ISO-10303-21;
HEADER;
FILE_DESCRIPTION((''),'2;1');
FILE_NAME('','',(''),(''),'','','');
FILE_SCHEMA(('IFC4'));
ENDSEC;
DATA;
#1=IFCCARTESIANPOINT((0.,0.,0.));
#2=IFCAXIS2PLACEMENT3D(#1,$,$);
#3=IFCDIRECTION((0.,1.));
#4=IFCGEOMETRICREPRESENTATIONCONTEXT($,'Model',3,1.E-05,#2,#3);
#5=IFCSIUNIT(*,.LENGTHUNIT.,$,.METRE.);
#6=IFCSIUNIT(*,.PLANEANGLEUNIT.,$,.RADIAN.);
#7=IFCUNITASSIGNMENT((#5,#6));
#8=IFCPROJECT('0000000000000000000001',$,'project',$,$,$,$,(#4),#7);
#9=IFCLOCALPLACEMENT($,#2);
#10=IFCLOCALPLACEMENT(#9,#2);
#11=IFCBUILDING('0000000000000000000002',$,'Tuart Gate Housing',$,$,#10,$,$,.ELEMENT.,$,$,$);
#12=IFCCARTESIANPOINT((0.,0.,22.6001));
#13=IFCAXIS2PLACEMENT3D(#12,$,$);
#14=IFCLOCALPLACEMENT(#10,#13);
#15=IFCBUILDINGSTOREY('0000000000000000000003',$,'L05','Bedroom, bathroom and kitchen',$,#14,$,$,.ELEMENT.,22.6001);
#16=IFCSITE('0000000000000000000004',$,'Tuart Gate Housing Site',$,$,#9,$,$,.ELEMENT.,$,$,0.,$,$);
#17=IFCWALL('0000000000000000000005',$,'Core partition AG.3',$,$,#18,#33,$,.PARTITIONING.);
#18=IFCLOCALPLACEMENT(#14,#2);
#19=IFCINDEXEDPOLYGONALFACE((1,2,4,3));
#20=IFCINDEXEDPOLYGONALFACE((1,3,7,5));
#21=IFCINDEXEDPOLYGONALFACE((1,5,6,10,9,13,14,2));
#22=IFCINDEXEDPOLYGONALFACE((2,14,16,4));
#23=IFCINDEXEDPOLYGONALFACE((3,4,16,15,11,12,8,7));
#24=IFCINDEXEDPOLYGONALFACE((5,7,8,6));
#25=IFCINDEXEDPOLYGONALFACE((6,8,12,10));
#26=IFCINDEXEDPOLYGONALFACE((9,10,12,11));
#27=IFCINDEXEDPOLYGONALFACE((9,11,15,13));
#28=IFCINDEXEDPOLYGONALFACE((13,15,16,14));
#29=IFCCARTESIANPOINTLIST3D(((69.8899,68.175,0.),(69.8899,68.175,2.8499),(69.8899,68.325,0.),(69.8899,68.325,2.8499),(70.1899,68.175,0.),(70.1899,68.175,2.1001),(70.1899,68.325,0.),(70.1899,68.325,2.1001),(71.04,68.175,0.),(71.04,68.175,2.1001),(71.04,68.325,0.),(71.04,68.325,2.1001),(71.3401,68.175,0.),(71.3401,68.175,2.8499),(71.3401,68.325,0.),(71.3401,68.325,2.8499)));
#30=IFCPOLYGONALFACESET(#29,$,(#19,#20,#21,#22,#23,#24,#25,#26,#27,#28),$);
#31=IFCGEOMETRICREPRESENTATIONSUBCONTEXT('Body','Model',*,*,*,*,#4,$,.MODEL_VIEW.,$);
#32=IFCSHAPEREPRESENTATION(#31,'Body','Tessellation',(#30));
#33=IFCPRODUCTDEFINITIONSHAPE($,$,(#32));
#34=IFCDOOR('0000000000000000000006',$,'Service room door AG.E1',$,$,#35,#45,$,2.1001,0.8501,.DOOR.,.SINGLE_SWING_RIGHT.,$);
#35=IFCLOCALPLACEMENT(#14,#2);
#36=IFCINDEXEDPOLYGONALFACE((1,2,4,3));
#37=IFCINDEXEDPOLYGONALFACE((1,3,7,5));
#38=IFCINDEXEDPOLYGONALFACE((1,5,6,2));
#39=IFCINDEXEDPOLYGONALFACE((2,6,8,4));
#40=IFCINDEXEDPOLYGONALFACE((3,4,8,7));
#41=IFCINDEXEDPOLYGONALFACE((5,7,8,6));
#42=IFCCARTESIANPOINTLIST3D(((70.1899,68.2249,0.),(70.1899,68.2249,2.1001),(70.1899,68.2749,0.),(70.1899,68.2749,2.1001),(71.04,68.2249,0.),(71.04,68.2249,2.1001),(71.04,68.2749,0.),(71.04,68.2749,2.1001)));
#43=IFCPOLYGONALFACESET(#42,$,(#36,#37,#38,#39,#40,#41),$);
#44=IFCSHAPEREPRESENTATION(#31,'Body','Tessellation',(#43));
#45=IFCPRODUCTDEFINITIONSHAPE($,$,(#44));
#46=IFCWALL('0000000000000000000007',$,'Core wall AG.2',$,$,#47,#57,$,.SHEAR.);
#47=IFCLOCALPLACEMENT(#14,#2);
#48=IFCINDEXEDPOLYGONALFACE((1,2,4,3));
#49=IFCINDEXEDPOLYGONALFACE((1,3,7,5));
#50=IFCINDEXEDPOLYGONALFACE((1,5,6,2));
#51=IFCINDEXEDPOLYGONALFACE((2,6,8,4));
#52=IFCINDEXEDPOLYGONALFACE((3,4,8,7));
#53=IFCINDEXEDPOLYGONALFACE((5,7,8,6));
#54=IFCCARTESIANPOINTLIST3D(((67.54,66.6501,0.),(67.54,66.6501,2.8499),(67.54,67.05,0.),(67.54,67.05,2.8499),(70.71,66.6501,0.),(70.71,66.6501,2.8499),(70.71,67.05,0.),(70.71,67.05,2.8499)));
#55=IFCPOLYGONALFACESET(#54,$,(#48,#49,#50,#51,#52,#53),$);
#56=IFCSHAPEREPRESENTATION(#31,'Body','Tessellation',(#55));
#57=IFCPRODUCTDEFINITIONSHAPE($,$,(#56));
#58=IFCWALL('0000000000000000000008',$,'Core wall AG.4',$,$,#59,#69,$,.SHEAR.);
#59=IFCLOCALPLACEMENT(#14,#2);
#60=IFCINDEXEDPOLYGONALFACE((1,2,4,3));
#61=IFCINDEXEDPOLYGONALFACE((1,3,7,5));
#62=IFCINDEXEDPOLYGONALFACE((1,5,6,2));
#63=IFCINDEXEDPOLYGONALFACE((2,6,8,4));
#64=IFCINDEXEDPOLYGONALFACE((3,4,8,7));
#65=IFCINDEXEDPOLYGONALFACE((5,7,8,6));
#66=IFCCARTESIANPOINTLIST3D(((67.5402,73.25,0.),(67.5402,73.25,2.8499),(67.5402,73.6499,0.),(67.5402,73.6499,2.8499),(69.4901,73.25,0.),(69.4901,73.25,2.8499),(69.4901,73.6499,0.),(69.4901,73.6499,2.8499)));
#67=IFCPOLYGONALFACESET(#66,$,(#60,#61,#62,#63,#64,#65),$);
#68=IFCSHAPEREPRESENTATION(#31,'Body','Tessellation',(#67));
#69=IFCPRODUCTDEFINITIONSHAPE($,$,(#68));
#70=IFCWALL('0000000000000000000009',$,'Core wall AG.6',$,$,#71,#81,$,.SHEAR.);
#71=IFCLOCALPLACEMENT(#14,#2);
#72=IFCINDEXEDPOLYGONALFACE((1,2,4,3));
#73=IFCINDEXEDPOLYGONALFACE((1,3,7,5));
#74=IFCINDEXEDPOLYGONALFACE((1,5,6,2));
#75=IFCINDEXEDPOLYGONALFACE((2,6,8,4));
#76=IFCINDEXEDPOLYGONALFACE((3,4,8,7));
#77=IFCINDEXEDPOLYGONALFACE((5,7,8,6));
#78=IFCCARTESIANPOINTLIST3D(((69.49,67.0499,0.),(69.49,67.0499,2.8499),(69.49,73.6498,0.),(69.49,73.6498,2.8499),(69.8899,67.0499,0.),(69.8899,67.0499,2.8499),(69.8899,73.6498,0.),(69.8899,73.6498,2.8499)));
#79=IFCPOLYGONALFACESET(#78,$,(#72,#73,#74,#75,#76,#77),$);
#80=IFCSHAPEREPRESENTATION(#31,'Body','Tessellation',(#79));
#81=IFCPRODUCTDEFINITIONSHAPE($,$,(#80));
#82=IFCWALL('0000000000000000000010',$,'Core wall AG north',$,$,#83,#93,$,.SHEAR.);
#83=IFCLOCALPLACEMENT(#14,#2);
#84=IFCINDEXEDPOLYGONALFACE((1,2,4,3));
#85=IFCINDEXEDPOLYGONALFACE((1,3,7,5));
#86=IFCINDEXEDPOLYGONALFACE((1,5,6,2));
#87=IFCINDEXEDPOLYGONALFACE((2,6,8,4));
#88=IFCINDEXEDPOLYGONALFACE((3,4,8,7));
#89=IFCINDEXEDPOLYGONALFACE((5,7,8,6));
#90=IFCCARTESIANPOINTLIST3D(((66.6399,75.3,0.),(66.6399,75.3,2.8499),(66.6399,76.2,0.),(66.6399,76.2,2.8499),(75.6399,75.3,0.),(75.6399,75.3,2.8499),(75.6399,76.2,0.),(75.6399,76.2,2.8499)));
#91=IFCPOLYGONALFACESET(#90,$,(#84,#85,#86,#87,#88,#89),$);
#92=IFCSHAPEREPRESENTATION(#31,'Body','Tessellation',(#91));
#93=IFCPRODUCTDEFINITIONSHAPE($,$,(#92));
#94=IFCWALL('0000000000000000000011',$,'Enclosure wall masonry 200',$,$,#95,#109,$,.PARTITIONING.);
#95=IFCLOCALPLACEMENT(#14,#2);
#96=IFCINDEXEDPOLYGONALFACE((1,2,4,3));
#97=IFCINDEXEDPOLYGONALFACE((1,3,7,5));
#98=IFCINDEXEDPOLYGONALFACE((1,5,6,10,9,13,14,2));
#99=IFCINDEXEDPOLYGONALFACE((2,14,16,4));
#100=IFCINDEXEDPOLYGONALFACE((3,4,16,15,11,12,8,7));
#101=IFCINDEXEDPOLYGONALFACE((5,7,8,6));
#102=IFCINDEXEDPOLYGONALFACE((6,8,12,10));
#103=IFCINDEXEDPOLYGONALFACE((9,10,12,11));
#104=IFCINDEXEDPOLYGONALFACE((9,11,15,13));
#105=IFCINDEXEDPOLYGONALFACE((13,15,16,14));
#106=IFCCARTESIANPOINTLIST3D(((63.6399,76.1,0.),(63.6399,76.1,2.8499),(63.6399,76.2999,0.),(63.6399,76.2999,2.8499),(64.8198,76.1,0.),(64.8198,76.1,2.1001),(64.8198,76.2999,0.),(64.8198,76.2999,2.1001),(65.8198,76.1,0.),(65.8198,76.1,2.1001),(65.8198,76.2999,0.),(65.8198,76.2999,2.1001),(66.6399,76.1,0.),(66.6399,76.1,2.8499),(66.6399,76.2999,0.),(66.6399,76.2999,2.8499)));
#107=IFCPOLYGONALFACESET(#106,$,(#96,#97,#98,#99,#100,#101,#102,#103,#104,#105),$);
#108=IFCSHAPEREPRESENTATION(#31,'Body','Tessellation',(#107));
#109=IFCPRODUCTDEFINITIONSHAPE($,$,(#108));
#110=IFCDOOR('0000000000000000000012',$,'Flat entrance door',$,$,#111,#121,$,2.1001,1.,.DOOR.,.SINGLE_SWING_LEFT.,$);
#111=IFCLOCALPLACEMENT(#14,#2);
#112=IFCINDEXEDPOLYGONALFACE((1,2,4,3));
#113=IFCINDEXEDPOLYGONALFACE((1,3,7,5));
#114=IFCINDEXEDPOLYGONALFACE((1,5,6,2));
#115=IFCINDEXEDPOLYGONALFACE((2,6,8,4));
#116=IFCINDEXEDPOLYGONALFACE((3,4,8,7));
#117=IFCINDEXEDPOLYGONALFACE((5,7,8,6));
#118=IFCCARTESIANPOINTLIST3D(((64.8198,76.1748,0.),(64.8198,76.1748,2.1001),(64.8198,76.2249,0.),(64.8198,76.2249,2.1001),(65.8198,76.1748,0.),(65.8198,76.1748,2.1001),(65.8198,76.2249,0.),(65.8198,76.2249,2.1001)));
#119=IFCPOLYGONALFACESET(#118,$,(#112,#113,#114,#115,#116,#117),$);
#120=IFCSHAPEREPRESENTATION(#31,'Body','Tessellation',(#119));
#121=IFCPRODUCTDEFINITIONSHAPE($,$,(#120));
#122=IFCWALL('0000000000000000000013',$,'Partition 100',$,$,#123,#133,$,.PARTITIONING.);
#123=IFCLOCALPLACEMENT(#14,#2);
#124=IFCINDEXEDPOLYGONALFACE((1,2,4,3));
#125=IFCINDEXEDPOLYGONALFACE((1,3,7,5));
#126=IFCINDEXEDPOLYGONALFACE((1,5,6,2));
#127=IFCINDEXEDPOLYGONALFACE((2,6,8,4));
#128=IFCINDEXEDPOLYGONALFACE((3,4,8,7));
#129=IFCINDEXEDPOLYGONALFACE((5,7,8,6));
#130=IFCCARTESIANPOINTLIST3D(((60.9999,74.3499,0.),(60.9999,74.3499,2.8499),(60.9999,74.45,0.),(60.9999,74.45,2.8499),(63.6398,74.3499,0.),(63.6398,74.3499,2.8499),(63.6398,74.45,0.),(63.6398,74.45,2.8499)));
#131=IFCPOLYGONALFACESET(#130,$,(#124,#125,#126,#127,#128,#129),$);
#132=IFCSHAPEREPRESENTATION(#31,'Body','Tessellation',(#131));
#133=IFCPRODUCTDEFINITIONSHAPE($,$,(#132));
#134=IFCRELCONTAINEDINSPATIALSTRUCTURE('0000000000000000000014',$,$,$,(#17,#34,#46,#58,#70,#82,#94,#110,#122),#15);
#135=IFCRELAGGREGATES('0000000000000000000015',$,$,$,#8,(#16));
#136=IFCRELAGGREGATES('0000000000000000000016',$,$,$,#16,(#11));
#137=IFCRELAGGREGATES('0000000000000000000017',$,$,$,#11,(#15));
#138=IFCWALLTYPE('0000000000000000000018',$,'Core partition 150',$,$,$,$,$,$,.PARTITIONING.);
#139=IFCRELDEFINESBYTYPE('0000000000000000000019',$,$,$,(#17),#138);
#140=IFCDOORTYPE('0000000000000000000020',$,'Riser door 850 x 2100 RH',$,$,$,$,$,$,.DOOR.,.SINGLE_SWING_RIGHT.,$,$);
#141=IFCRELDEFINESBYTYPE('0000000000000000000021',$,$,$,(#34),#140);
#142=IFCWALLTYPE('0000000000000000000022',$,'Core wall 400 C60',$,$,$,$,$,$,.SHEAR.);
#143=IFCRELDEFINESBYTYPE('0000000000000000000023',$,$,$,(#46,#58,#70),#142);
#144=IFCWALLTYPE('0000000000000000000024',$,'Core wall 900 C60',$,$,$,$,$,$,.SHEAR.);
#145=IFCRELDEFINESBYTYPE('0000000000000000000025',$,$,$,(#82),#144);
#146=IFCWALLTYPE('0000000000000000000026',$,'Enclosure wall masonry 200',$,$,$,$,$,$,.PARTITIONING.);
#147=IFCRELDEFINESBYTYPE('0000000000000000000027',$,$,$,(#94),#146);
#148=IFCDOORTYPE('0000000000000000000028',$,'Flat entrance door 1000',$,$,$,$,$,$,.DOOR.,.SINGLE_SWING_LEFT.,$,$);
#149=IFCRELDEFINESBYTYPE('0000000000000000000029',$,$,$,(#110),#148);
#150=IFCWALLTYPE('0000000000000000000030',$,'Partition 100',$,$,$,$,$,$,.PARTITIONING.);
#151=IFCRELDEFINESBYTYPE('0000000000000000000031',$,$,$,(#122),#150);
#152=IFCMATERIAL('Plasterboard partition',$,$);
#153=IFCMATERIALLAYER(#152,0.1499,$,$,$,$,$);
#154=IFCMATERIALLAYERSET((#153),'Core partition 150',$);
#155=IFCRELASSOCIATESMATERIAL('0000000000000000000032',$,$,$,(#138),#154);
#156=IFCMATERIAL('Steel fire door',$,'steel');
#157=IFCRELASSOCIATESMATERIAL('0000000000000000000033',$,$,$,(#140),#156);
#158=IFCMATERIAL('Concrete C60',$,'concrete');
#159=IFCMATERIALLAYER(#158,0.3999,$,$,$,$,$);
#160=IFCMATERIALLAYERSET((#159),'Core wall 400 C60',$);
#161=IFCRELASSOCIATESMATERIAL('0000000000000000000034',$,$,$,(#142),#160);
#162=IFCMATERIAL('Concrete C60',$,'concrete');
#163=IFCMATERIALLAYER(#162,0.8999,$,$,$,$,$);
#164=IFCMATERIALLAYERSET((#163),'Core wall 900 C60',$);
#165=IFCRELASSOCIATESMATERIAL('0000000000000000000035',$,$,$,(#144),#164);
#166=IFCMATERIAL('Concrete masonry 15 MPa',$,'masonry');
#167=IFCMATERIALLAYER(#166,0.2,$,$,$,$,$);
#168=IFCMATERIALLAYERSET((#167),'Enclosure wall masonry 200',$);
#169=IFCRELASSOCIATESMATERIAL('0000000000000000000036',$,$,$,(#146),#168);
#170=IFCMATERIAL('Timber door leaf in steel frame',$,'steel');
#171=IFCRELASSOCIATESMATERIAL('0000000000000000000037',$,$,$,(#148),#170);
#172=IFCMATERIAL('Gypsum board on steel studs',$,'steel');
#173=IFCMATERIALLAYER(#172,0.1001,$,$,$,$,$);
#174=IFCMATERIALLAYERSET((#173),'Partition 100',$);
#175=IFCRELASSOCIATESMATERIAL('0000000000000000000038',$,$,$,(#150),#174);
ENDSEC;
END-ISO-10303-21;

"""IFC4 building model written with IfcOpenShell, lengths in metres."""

from ifc_helpers import new_model, si_unit, direction, frame, frame_2d, origin, place, context, subcontext, project, spatial, rectangle, extrude, material, layer, layer_set, type_object, element, fill, save


model = new_model("IFC4")

# Units and contexts
model_context = context("Model", 3, precision=1e-05, world=origin(), true_north=direction((0.0, 1.0)))
body_context = subcontext(model_context, "Body", "Model", "MODEL_VIEW")
ifc_project = project(units=[si_unit("LENGTHUNIT", "METRE"), si_unit("PLANEANGLEUNIT", "RADIAN")], contexts=[model_context])

# Site, building, storey
site_placement = place(None, origin())
site = spatial("IfcSite", under=ifc_project, at=site_placement, Name="Tuart Gate Housing Site", CompositionType="ELEMENT", RefElevation=0.0)
building_placement = place(site_placement, origin())
building = spatial("IfcBuilding", under=site, at=building_placement, Name="Tuart Gate Housing", CompositionType="ELEMENT")
storey_placement = place(building_placement, frame((0.0, 0.0, 22.6001)))
storey = spatial("IfcBuildingStorey", under=building, at=storey_placement, Name="L05", Description="Bedroom, bathroom and kitchen", CompositionType="ELEMENT", Elevation=22.6001)

# Wall, opening, door
ifc_material_1 = material(Name="Plasterboard partition")
ifc_layer_1 = layer(ifc_material_1, 0.1499)
ifc_layer_set_1 = layer_set([ifc_layer_1], Name="Core partition 150")
wall_type_1 = type_object("IfcWallType", Name="Core partition 150", PredefinedType="PARTITIONING", material=ifc_layer_set_1)
wall_1_placement = place(storey_placement, frame((69.8899, 68.25, 0.0), z_axis=(0.0, 0.0, 1.0), x_axis=(1.0, 0.0, 0.0)))
wall_1 = element("IfcWall", 1, at=wall_1_placement, inside=storey, type_object=wall_type_1, Name="Core partition AG.3", PredefinedType="PARTITIONING", context=body_context, shape_type="SweptSolid", body=[
    extrude(rectangle(XDim=1.4502, YDim=0.1499, at=frame_2d((0.7251, 0.0))), origin(), (0.0, 0.0, 1.0), 2.8499),
])
opening_1_placement = place(wall_1_placement, frame((0.3, 0.0, 0.0)))
opening_1 = element("IfcOpeningElement", 2, at=opening_1_placement, cuts=wall_1, PredefinedType="OPENING", context=body_context, shape_type="SweptSolid", body=[
    extrude(rectangle(XDim=0.8501, YDim=2.1001, at=frame_2d((0.425, 1.05))), frame((0.0, 0.085, 0.0), z_axis=(0.0, -1.0, 0.0), x_axis=(1.0, 0.0, 0.0)), (0.0, 0.0, 1.0), 0.1699),
])
ifc_material_2 = material(Name="Steel fire door", Category="steel")
door_type_1 = type_object("IfcDoorType", Name="Riser door 850 x 2100 RH", OperationType="SINGLE_SWING_RIGHT", PredefinedType="DOOR", material=ifc_material_2)
door_1_placement = place(opening_1_placement, frame((0.8501, 0.0, 0.0), z_axis=(0.0, 0.0, 1.0), x_axis=(-1.0, 0.0, 0.0)))
door_1 = element("IfcDoor", 3, at=door_1_placement, inside=storey, type_object=door_type_1, Name="Service room door AG.E1", OperationType="SINGLE_SWING_RIGHT", OverallHeight=2.1001, OverallWidth=0.8501, PredefinedType="DOOR", context=body_context, shape_type="SweptSolid", body=[
    extrude(rectangle(XDim=0.8501, YDim=2.1001, at=frame_2d((0.425, 1.05))), frame((0.0, 0.0251, 0.0), z_axis=(0.0, -1.0, 0.0), x_axis=(1.0, 0.0, 0.0)), (0.0, 0.0, 1.0), 0.05),
])
fill(opening_1, door_1)

# Walls
ifc_material_3 = material(Name="Concrete C60", Category="concrete")
ifc_layer_2 = layer(ifc_material_3, 0.3999)
ifc_layer_set_2 = layer_set([ifc_layer_2], Name="Core wall 400 C60")
wall_type_2 = type_object("IfcWallType", Name="Core wall 400 C60", PredefinedType="SHEAR", material=ifc_layer_set_2)
wall_2_placement = place(storey_placement, frame((67.54, 66.8501, 0.0), z_axis=(0.0, 0.0, 1.0), x_axis=(1.0, 0.0, 0.0)))
element("IfcWall", 4, at=wall_2_placement, inside=storey, type_object=wall_type_2, Name="Core wall AG.2", PredefinedType="SHEAR", context=body_context, shape_type="SweptSolid", body=[
    extrude(rectangle(XDim=3.1699, YDim=0.3999, at=frame_2d((1.585, 0.0))), origin(), (0.0, 0.0, 1.0), 2.8499),
])
wall_3_placement = place(storey_placement, frame((67.54, 73.45, 0.0), z_axis=(0.0, 0.0, 1.0), x_axis=(1.0, 0.0, 0.0)))
element("IfcWall", 5, at=wall_3_placement, inside=storey, type_object=wall_type_2, Name="Core wall AG.4", PredefinedType="SHEAR", context=body_context, shape_type="SweptSolid", body=[
    extrude(rectangle(XDim=1.95, YDim=0.3999, at=frame_2d((0.9751, 0.0))), origin(), (0.0, 0.0, 1.0), 2.8499),
])
wall_4_placement = place(storey_placement, frame((69.6899, 67.05, 0.0), z_axis=(0.0, 0.0, 1.0), x_axis=(0.0, 1.0, 0.0)))
element("IfcWall", 6, at=wall_4_placement, inside=storey, type_object=wall_type_2, Name="Core wall AG.6", PredefinedType="SHEAR", context=body_context, shape_type="SweptSolid", body=[
    extrude(rectangle(XDim=6.5999, YDim=0.3999, at=frame_2d((3.2998, 0.0))), origin(), (0.0, 0.0, 1.0), 2.8499),
])
ifc_material_4 = material(Name="Concrete C60", Category="concrete")
ifc_layer_3 = layer(ifc_material_4, 0.8999)
ifc_layer_set_3 = layer_set([ifc_layer_3], Name="Core wall 900 C60")
wall_type_3 = type_object("IfcWallType", Name="Core wall 900 C60", PredefinedType="SHEAR", material=ifc_layer_set_3)
wall_5_placement = place(storey_placement, frame((66.6399, 75.75, 0.0), z_axis=(0.0, 0.0, 1.0), x_axis=(1.0, 0.0, 0.0)))
element("IfcWall", 7, at=wall_5_placement, inside=storey, type_object=wall_type_3, Name="Core wall AG north", PredefinedType="SHEAR", context=body_context, shape_type="SweptSolid", body=[
    extrude(rectangle(XDim=9.0, YDim=0.8999, at=frame_2d((4.5, 0.0))), origin(), (0.0, 0.0, 1.0), 2.8499),
])

# Wall, opening, door
ifc_material_5 = material(Name="Concrete masonry 15 MPa", Category="masonry")
ifc_layer_4 = layer(ifc_material_5, 0.2)
ifc_layer_set_4 = layer_set([ifc_layer_4], Name="Enclosure wall masonry 200")
wall_type_4 = type_object("IfcWallType", Name="Enclosure wall masonry 200", PredefinedType="PARTITIONING", material=ifc_layer_set_4)
wall_6_placement = place(storey_placement, frame((63.6399, 76.2, 0.0), z_axis=(0.0, 0.0, 1.0), x_axis=(1.0, 0.0, 0.0)))
wall_6 = element("IfcWall", 8, at=wall_6_placement, inside=storey, type_object=wall_type_4, Name="Enclosure wall masonry 200", PredefinedType="PARTITIONING", context=body_context, shape_type="SweptSolid", body=[
    extrude(rectangle(XDim=3.0, YDim=0.2, at=frame_2d((1.5, 0.0))), origin(), (0.0, 0.0, 1.0), 2.8499),
])
opening_2_placement = place(wall_6_placement, frame((1.1799, 0.0, 0.0)))
opening_2 = element("IfcOpeningElement", 9, at=opening_2_placement, cuts=wall_6, PredefinedType="OPENING", context=body_context, shape_type="SweptSolid", body=[
    extrude(rectangle(XDim=1.0, YDim=2.1001, at=frame_2d((0.5, 1.05))), frame((0.0, 0.1099, 0.0), z_axis=(0.0, -1.0, 0.0), x_axis=(1.0, 0.0, 0.0)), (0.0, 0.0, 1.0), 0.22),
])
ifc_material_6 = material(Name="Timber door leaf in steel frame", Category="steel")
door_type_2 = type_object("IfcDoorType", Name="Flat entrance door 1000", OperationType="SINGLE_SWING_LEFT", PredefinedType="DOOR", material=ifc_material_6)
door_2_placement = place(opening_2_placement, origin())
door_2 = element("IfcDoor", 10, at=door_2_placement, inside=storey, type_object=door_type_2, Name="Flat entrance door", OperationType="SINGLE_SWING_LEFT", OverallHeight=2.1001, OverallWidth=1.0, PredefinedType="DOOR", context=body_context, shape_type="SweptSolid", body=[
    extrude(rectangle(XDim=1.0, YDim=2.1001, at=frame_2d((0.5, 1.05))), frame((0.0, 0.0249, 0.0), z_axis=(0.0, -1.0, 0.0), x_axis=(1.0, 0.0, 0.0)), (0.0, 0.0, 1.0), 0.05),
])
fill(opening_2, door_2)

# Wall
ifc_material_7 = material(Name="Gypsum board on steel studs", Category="steel")
ifc_layer_5 = layer(ifc_material_7, 0.1001)
ifc_layer_set_5 = layer_set([ifc_layer_5], Name="Partition 100")
wall_type_5 = type_object("IfcWallType", Name="Partition 100", PredefinedType="PARTITIONING", material=ifc_layer_set_5)
wall_7_placement = place(storey_placement, frame((61.0, 74.3999, 0.0), z_axis=(0.0, 0.0, 1.0), x_axis=(1.0, 0.0, 0.0)))
element("IfcWall", 11, at=wall_7_placement, inside=storey, type_object=wall_type_5, Name="Partition 100", PredefinedType="PARTITIONING", context=body_context, shape_type="SweptSolid", body=[
    extrude(rectangle(XDim=2.6399, YDim=0.1001, at=frame_2d((1.3198, 0.0))), origin(), (0.0, 0.0, 1.0), 2.8499),
])

save(model, "model.ifc")
